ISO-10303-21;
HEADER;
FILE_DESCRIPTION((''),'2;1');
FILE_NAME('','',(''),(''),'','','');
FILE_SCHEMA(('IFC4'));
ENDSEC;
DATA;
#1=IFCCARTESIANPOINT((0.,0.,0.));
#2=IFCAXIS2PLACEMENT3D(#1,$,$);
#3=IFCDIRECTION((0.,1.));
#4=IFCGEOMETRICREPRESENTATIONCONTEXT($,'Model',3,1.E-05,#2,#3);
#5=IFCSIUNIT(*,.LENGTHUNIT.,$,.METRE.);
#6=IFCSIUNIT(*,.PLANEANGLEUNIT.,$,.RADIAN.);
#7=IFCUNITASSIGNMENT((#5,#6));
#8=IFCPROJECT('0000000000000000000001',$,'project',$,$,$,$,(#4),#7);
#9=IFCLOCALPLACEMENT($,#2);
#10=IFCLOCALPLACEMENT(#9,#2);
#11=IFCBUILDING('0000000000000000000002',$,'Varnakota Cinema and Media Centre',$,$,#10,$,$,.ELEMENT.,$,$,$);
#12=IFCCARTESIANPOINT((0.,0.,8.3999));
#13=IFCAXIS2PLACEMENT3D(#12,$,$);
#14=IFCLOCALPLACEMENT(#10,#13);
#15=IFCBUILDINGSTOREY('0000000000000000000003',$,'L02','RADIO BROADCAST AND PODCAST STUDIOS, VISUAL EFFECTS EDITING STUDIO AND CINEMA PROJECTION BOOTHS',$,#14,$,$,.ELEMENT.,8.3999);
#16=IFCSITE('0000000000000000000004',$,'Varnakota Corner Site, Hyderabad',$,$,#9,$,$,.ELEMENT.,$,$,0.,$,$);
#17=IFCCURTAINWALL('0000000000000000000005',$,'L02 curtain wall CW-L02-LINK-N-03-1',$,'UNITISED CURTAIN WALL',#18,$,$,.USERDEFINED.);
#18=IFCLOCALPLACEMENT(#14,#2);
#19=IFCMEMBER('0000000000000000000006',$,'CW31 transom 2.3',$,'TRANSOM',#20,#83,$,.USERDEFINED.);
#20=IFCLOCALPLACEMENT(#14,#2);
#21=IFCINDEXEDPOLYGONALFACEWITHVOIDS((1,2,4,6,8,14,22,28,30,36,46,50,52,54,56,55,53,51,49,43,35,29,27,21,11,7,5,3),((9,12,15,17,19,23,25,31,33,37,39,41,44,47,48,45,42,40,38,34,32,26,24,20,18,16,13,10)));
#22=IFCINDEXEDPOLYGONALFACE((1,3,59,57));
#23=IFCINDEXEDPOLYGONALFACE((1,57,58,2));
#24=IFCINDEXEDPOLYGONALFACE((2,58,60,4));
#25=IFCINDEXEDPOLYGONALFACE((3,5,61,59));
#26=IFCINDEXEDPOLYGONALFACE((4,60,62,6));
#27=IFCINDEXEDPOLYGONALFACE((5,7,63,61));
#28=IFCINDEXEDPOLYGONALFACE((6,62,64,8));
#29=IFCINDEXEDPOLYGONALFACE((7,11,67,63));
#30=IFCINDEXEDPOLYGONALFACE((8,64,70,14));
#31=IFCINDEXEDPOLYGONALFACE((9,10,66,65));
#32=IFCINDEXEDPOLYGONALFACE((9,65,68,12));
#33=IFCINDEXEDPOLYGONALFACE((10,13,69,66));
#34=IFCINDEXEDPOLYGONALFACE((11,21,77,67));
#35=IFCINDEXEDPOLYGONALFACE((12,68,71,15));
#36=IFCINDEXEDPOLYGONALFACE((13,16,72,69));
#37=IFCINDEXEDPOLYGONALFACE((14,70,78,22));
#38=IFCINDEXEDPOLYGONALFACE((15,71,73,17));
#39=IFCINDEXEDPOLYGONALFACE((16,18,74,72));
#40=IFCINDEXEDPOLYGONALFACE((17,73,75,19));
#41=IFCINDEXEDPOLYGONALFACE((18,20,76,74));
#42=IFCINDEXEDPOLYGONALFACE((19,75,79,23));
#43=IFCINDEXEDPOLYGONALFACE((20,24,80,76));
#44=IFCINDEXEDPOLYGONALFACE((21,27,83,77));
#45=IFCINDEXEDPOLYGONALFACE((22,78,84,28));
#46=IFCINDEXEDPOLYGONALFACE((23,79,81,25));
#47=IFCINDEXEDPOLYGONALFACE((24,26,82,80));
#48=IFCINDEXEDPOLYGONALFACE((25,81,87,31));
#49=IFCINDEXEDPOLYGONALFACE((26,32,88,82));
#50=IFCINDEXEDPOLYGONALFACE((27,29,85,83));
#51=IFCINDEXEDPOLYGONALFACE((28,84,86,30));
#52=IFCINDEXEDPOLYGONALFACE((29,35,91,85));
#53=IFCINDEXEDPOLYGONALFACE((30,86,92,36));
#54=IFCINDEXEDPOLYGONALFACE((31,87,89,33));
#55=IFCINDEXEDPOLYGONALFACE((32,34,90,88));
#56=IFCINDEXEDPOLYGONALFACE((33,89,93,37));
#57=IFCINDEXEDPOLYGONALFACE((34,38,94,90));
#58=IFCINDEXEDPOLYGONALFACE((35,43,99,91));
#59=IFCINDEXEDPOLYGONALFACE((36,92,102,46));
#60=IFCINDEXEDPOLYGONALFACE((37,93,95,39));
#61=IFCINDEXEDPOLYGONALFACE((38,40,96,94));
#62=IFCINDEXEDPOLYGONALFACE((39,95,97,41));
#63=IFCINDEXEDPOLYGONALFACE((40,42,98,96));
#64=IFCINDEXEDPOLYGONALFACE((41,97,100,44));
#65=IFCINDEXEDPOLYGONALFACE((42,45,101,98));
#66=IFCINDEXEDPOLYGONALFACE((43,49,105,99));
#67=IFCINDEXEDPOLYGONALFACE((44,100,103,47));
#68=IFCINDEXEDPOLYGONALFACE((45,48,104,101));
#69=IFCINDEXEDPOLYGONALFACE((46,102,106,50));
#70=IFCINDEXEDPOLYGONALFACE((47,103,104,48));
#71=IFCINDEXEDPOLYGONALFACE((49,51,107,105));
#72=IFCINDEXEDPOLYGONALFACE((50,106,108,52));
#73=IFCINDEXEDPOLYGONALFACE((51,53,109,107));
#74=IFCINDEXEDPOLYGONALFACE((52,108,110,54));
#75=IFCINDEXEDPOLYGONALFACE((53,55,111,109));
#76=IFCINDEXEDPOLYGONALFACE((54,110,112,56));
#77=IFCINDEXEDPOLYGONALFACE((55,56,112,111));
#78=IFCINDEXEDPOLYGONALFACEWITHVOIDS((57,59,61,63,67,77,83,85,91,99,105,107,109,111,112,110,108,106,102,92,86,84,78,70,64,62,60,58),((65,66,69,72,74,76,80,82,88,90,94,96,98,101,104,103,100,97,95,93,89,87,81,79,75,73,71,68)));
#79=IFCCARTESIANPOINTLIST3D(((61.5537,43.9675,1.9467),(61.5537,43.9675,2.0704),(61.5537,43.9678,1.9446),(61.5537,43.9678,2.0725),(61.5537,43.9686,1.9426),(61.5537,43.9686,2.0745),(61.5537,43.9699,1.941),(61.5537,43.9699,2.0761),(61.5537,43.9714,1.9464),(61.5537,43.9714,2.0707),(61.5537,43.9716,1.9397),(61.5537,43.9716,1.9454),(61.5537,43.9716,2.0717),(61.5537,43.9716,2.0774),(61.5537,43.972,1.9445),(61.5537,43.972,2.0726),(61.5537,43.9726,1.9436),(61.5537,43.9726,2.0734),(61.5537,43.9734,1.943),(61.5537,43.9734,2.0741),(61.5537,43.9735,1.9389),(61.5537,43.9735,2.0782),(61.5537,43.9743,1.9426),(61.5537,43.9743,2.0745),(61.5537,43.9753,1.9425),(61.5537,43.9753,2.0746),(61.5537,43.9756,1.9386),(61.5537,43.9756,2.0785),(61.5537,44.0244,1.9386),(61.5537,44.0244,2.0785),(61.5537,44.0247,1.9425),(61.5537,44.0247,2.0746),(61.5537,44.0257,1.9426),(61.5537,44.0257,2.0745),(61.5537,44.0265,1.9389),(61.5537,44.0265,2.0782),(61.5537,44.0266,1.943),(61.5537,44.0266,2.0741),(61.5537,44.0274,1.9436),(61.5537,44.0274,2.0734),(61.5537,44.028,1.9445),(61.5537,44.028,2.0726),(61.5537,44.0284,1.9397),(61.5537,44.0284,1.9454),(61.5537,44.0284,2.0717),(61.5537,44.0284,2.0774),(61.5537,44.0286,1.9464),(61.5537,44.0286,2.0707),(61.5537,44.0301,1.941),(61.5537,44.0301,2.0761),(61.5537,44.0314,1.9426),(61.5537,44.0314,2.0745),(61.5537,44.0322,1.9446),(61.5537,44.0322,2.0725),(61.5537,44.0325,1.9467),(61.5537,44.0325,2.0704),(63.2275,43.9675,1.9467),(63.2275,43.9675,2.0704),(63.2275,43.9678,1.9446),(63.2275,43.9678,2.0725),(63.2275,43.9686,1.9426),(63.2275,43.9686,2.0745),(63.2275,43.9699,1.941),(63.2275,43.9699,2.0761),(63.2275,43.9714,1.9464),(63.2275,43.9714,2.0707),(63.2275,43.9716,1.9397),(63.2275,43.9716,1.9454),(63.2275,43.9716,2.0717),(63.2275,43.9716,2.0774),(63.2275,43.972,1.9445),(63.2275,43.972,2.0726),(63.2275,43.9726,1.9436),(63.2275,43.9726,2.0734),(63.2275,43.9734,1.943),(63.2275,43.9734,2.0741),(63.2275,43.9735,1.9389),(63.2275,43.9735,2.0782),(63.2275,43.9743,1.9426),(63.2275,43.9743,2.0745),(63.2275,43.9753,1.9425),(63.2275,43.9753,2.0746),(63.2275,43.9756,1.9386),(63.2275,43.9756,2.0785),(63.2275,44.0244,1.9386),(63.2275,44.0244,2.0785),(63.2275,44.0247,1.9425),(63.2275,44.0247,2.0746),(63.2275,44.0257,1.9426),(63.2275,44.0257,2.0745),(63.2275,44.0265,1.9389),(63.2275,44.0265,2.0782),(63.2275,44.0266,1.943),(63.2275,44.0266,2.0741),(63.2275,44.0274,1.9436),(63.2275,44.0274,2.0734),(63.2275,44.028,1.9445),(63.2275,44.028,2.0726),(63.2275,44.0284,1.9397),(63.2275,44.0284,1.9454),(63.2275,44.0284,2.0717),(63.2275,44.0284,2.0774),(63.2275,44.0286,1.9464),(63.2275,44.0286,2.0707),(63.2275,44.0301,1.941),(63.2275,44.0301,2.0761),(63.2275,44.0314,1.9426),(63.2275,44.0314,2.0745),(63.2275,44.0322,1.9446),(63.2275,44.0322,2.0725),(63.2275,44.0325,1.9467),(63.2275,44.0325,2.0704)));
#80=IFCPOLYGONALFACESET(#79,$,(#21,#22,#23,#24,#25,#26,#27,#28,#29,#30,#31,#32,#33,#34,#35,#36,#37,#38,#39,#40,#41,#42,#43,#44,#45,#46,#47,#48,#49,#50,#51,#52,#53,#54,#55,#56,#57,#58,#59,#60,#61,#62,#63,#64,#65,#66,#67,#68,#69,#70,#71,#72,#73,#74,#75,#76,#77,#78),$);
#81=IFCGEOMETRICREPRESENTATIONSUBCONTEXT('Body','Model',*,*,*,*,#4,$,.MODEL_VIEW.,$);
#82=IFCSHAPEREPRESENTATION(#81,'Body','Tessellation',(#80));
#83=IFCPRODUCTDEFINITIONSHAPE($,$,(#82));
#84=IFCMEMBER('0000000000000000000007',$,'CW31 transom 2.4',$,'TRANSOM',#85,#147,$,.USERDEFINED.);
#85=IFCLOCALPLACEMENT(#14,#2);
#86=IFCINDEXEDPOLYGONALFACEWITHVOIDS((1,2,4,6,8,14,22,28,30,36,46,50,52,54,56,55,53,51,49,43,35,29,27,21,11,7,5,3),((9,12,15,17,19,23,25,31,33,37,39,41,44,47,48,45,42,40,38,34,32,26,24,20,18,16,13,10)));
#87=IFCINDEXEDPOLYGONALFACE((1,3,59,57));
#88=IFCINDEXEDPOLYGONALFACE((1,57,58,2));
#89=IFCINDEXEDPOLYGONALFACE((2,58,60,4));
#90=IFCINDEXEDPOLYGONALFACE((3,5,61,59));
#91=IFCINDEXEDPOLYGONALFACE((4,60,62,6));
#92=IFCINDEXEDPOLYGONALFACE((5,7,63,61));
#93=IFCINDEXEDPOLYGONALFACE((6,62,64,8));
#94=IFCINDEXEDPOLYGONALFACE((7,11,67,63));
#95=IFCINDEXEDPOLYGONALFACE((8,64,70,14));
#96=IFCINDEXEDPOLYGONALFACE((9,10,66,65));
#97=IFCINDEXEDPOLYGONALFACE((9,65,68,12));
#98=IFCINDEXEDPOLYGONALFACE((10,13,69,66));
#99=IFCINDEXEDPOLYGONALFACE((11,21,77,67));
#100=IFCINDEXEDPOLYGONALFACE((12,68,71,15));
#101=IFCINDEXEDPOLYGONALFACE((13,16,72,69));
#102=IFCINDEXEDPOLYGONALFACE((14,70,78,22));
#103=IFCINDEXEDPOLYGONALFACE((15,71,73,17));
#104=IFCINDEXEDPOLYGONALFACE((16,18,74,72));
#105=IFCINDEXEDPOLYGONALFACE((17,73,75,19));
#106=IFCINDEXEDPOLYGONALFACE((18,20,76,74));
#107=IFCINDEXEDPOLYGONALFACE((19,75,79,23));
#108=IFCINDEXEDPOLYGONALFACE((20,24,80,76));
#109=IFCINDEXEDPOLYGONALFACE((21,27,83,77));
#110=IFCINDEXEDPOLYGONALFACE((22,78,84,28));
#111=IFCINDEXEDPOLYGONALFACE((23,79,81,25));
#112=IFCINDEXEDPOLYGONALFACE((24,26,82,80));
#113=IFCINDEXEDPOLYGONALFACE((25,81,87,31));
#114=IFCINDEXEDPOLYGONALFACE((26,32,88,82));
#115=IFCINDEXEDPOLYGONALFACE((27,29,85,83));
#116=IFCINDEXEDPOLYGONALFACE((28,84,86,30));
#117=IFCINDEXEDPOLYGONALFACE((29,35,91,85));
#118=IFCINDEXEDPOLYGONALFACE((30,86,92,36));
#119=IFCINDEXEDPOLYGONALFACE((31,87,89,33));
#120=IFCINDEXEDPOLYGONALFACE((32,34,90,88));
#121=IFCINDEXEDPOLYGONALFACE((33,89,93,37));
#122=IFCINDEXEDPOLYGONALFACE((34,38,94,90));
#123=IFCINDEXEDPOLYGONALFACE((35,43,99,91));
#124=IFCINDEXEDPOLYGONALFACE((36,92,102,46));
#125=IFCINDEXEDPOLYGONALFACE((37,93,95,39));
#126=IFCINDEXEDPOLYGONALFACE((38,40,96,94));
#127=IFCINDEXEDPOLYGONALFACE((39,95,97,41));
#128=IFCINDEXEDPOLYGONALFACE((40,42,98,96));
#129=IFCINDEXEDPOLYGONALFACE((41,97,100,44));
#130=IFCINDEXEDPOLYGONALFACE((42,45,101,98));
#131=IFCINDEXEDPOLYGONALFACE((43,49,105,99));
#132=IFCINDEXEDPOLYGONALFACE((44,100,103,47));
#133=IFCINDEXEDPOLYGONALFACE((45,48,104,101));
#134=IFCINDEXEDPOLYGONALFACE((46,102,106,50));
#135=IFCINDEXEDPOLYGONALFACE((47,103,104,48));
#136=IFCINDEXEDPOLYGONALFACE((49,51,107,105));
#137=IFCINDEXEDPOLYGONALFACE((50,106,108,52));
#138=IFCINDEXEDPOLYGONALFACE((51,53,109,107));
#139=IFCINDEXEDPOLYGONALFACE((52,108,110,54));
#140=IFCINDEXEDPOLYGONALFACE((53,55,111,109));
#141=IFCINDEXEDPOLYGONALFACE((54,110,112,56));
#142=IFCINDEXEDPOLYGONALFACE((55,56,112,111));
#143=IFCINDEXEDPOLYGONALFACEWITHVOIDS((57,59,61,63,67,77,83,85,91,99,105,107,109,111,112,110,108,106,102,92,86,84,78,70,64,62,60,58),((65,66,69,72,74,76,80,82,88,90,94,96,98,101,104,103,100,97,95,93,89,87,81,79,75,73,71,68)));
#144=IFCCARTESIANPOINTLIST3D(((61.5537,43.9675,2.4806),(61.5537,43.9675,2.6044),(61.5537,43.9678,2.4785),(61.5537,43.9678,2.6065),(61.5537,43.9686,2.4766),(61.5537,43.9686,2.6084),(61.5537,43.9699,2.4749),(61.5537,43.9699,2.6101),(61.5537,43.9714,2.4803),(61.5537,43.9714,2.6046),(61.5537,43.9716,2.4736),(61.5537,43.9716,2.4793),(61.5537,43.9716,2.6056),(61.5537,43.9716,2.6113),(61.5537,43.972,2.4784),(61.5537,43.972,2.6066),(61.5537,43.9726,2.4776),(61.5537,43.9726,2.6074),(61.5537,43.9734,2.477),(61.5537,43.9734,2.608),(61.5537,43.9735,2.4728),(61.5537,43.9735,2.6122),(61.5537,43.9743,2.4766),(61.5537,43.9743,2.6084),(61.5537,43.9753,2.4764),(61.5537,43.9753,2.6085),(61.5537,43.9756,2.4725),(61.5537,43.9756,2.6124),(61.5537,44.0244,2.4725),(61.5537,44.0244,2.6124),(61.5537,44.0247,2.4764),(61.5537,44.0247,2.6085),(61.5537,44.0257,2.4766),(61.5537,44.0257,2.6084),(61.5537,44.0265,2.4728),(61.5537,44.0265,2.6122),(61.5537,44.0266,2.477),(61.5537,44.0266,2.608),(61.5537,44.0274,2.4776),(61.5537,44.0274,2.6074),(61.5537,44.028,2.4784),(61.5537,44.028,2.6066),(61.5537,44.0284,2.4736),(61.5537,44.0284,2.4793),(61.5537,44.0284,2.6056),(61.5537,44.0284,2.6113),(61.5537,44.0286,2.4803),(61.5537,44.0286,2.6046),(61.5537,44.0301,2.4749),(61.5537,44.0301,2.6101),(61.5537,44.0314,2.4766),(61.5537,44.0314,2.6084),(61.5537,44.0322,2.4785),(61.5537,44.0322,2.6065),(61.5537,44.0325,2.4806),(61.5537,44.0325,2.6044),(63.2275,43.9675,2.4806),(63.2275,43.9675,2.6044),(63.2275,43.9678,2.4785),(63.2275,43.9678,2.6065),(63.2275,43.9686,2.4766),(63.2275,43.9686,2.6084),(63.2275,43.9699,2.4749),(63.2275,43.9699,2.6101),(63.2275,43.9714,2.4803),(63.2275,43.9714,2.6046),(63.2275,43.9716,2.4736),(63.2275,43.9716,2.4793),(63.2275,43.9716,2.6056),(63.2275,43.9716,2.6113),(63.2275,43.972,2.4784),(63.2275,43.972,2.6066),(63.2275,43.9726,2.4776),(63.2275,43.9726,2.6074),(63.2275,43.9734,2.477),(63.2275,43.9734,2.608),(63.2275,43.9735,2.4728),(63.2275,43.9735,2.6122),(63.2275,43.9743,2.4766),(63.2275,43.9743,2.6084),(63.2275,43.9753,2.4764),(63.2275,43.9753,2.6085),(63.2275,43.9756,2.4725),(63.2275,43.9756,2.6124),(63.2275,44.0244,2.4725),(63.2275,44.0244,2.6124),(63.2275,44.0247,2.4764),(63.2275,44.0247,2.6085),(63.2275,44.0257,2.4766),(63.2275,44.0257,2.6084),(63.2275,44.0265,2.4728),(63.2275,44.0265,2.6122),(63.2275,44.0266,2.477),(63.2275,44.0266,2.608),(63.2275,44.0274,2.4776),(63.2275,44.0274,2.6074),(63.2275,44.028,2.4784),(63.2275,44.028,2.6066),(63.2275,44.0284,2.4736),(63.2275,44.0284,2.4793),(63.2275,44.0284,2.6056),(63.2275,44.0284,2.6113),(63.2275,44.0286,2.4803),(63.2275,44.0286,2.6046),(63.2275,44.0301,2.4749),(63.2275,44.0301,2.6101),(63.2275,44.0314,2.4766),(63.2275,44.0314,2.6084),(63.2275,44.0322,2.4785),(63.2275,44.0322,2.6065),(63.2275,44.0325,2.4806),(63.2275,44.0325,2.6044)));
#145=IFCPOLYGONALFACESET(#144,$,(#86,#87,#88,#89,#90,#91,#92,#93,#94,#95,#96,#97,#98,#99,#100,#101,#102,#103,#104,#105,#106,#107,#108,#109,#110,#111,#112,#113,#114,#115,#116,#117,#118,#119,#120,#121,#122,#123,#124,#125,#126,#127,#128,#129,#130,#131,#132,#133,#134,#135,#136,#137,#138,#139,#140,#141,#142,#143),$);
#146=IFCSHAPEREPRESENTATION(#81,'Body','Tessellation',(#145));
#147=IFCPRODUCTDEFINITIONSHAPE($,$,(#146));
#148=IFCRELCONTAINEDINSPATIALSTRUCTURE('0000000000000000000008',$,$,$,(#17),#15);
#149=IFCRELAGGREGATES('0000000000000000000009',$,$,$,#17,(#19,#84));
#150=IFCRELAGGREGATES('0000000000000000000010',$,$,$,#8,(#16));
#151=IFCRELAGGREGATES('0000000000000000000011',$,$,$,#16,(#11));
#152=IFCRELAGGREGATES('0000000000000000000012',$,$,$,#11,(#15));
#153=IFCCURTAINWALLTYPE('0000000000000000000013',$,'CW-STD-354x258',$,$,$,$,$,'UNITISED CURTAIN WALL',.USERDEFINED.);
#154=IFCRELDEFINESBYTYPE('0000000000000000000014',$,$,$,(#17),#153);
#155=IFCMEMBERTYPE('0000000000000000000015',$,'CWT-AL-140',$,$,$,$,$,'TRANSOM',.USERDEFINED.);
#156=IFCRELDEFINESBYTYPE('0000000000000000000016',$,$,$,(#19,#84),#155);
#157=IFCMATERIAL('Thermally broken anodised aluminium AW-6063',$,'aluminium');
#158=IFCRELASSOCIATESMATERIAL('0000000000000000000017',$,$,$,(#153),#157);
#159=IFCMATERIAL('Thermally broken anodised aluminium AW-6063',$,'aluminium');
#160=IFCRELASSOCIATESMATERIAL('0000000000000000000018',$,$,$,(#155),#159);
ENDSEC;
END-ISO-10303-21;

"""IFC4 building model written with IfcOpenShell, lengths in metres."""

from ifc_helpers import new_model, si_unit, direction, frame, origin, origin_2d, place, context, subcontext, project, spatial, hollow_rectangle, extrude, material, material_profile, profile_set, type_object, element, aggregate, save


model = new_model("IFC4")

# Units and contexts
model_context = context("Model", 3, precision=1e-05, world=origin(), true_north=direction((0.0, 1.0)))
body_context = subcontext(model_context, "Body", "Model", "MODEL_VIEW")
ifc_project = project(units=[si_unit("LENGTHUNIT", "METRE"), si_unit("PLANEANGLEUNIT", "RADIAN")], contexts=[model_context])

# Site, building, storey
site_placement = place(None, origin())
site = spatial("IfcSite", under=ifc_project, at=site_placement, Name="Varnakota Corner Site, Hyderabad", CompositionType="ELEMENT", RefElevation=0.0)
building_placement = place(site_placement, origin())
building = spatial("IfcBuilding", under=site, at=building_placement, Name="Varnakota Cinema and Media Centre", CompositionType="ELEMENT")
storey_placement = place(building_placement, frame((0.0, 0.0, 8.3999)))
storey = spatial("IfcBuildingStorey", under=building, at=storey_placement, Name="L02", Description="RADIO BROADCAST AND PODCAST STUDIOS, VISUAL EFFECTS EDITING STUDIO AND CINEMA PROJECTION BOOTHS", CompositionType="ELEMENT", Elevation=8.3999)

# Curtain wall
ifc_material_1 = material(Name="Thermally broken anodised aluminium AW-6063", Category="aluminium")
curtain_wall_type_1 = type_object("IfcCurtainWallType", Name="CW-STD-354x258", ElementType="UNITISED CURTAIN WALL", PredefinedType="USERDEFINED", material=ifc_material_1)
curtain_wall_1_placement = place(storey_placement, origin())
curtain_wall_1 = element("IfcCurtainWall", 1, at=curtain_wall_1_placement, inside=storey, type_object=curtain_wall_type_1, Name="L02 curtain wall CW-L02-LINK-N-03-1", ObjectType="UNITISED CURTAIN WALL", PredefinedType="USERDEFINED")

# Members
ifc_material_2 = material(Name="Thermally broken anodised aluminium AW-6063", Category="aluminium")
ifc_material_profile_1 = material_profile(ifc_material_2, hollow_rectangle(XDim=0.0649, YDim=0.1399, WallThickness=0.0039, InnerFilletRadius=0.0039, OuterFilletRadius=0.0081, at=origin_2d()), Name="AL-TRANSOM 140x65x4")
ifc_profile_set_1 = profile_set([ifc_material_profile_1], Name="Thermally broken anodised aluminium AW-6063")
member_type_1 = type_object("IfcMemberType", Name="CWT-AL-140", ElementType="TRANSOM", PredefinedType="USERDEFINED", material=ifc_profile_set_1)
member_1_placement = place(storey_placement, frame((61.5537, 44.0, 2.0085), z_axis=(1.0, 0.0, 0.0), x_axis=(0.0, 1.0, 0.0)))
member_1 = element("IfcMember", 2, at=member_1_placement, type_object=member_type_1, Name="CW31 transom 2.3", ObjectType="TRANSOM", PredefinedType="USERDEFINED", context=body_context, shape_type="SweptSolid", body=[
    extrude(hollow_rectangle(XDim=0.0649, YDim=0.1399, WallThickness=0.0039, InnerFilletRadius=0.0039, OuterFilletRadius=0.0081, at=origin_2d()), origin(), (0.0, 0.0, 1.0), 1.6738),
])
member_2_placement = place(storey_placement, frame((61.5537, 44.0, 2.5425), z_axis=(1.0, 0.0, 0.0), x_axis=(0.0, 1.0, 0.0)))
member_2 = element("IfcMember", 3, at=member_2_placement, type_object=member_type_1, Name="CW31 transom 2.4", ObjectType="TRANSOM", PredefinedType="USERDEFINED", context=body_context, shape_type="SweptSolid", body=[
    extrude(hollow_rectangle(XDim=0.0649, YDim=0.1399, WallThickness=0.0039, InnerFilletRadius=0.0039, OuterFilletRadius=0.0081, at=origin_2d()), origin(), (0.0, 0.0, 1.0), 1.6738),
])

aggregate(curtain_wall_1, [member_1, member_2])

save(model, "model.ifc")
